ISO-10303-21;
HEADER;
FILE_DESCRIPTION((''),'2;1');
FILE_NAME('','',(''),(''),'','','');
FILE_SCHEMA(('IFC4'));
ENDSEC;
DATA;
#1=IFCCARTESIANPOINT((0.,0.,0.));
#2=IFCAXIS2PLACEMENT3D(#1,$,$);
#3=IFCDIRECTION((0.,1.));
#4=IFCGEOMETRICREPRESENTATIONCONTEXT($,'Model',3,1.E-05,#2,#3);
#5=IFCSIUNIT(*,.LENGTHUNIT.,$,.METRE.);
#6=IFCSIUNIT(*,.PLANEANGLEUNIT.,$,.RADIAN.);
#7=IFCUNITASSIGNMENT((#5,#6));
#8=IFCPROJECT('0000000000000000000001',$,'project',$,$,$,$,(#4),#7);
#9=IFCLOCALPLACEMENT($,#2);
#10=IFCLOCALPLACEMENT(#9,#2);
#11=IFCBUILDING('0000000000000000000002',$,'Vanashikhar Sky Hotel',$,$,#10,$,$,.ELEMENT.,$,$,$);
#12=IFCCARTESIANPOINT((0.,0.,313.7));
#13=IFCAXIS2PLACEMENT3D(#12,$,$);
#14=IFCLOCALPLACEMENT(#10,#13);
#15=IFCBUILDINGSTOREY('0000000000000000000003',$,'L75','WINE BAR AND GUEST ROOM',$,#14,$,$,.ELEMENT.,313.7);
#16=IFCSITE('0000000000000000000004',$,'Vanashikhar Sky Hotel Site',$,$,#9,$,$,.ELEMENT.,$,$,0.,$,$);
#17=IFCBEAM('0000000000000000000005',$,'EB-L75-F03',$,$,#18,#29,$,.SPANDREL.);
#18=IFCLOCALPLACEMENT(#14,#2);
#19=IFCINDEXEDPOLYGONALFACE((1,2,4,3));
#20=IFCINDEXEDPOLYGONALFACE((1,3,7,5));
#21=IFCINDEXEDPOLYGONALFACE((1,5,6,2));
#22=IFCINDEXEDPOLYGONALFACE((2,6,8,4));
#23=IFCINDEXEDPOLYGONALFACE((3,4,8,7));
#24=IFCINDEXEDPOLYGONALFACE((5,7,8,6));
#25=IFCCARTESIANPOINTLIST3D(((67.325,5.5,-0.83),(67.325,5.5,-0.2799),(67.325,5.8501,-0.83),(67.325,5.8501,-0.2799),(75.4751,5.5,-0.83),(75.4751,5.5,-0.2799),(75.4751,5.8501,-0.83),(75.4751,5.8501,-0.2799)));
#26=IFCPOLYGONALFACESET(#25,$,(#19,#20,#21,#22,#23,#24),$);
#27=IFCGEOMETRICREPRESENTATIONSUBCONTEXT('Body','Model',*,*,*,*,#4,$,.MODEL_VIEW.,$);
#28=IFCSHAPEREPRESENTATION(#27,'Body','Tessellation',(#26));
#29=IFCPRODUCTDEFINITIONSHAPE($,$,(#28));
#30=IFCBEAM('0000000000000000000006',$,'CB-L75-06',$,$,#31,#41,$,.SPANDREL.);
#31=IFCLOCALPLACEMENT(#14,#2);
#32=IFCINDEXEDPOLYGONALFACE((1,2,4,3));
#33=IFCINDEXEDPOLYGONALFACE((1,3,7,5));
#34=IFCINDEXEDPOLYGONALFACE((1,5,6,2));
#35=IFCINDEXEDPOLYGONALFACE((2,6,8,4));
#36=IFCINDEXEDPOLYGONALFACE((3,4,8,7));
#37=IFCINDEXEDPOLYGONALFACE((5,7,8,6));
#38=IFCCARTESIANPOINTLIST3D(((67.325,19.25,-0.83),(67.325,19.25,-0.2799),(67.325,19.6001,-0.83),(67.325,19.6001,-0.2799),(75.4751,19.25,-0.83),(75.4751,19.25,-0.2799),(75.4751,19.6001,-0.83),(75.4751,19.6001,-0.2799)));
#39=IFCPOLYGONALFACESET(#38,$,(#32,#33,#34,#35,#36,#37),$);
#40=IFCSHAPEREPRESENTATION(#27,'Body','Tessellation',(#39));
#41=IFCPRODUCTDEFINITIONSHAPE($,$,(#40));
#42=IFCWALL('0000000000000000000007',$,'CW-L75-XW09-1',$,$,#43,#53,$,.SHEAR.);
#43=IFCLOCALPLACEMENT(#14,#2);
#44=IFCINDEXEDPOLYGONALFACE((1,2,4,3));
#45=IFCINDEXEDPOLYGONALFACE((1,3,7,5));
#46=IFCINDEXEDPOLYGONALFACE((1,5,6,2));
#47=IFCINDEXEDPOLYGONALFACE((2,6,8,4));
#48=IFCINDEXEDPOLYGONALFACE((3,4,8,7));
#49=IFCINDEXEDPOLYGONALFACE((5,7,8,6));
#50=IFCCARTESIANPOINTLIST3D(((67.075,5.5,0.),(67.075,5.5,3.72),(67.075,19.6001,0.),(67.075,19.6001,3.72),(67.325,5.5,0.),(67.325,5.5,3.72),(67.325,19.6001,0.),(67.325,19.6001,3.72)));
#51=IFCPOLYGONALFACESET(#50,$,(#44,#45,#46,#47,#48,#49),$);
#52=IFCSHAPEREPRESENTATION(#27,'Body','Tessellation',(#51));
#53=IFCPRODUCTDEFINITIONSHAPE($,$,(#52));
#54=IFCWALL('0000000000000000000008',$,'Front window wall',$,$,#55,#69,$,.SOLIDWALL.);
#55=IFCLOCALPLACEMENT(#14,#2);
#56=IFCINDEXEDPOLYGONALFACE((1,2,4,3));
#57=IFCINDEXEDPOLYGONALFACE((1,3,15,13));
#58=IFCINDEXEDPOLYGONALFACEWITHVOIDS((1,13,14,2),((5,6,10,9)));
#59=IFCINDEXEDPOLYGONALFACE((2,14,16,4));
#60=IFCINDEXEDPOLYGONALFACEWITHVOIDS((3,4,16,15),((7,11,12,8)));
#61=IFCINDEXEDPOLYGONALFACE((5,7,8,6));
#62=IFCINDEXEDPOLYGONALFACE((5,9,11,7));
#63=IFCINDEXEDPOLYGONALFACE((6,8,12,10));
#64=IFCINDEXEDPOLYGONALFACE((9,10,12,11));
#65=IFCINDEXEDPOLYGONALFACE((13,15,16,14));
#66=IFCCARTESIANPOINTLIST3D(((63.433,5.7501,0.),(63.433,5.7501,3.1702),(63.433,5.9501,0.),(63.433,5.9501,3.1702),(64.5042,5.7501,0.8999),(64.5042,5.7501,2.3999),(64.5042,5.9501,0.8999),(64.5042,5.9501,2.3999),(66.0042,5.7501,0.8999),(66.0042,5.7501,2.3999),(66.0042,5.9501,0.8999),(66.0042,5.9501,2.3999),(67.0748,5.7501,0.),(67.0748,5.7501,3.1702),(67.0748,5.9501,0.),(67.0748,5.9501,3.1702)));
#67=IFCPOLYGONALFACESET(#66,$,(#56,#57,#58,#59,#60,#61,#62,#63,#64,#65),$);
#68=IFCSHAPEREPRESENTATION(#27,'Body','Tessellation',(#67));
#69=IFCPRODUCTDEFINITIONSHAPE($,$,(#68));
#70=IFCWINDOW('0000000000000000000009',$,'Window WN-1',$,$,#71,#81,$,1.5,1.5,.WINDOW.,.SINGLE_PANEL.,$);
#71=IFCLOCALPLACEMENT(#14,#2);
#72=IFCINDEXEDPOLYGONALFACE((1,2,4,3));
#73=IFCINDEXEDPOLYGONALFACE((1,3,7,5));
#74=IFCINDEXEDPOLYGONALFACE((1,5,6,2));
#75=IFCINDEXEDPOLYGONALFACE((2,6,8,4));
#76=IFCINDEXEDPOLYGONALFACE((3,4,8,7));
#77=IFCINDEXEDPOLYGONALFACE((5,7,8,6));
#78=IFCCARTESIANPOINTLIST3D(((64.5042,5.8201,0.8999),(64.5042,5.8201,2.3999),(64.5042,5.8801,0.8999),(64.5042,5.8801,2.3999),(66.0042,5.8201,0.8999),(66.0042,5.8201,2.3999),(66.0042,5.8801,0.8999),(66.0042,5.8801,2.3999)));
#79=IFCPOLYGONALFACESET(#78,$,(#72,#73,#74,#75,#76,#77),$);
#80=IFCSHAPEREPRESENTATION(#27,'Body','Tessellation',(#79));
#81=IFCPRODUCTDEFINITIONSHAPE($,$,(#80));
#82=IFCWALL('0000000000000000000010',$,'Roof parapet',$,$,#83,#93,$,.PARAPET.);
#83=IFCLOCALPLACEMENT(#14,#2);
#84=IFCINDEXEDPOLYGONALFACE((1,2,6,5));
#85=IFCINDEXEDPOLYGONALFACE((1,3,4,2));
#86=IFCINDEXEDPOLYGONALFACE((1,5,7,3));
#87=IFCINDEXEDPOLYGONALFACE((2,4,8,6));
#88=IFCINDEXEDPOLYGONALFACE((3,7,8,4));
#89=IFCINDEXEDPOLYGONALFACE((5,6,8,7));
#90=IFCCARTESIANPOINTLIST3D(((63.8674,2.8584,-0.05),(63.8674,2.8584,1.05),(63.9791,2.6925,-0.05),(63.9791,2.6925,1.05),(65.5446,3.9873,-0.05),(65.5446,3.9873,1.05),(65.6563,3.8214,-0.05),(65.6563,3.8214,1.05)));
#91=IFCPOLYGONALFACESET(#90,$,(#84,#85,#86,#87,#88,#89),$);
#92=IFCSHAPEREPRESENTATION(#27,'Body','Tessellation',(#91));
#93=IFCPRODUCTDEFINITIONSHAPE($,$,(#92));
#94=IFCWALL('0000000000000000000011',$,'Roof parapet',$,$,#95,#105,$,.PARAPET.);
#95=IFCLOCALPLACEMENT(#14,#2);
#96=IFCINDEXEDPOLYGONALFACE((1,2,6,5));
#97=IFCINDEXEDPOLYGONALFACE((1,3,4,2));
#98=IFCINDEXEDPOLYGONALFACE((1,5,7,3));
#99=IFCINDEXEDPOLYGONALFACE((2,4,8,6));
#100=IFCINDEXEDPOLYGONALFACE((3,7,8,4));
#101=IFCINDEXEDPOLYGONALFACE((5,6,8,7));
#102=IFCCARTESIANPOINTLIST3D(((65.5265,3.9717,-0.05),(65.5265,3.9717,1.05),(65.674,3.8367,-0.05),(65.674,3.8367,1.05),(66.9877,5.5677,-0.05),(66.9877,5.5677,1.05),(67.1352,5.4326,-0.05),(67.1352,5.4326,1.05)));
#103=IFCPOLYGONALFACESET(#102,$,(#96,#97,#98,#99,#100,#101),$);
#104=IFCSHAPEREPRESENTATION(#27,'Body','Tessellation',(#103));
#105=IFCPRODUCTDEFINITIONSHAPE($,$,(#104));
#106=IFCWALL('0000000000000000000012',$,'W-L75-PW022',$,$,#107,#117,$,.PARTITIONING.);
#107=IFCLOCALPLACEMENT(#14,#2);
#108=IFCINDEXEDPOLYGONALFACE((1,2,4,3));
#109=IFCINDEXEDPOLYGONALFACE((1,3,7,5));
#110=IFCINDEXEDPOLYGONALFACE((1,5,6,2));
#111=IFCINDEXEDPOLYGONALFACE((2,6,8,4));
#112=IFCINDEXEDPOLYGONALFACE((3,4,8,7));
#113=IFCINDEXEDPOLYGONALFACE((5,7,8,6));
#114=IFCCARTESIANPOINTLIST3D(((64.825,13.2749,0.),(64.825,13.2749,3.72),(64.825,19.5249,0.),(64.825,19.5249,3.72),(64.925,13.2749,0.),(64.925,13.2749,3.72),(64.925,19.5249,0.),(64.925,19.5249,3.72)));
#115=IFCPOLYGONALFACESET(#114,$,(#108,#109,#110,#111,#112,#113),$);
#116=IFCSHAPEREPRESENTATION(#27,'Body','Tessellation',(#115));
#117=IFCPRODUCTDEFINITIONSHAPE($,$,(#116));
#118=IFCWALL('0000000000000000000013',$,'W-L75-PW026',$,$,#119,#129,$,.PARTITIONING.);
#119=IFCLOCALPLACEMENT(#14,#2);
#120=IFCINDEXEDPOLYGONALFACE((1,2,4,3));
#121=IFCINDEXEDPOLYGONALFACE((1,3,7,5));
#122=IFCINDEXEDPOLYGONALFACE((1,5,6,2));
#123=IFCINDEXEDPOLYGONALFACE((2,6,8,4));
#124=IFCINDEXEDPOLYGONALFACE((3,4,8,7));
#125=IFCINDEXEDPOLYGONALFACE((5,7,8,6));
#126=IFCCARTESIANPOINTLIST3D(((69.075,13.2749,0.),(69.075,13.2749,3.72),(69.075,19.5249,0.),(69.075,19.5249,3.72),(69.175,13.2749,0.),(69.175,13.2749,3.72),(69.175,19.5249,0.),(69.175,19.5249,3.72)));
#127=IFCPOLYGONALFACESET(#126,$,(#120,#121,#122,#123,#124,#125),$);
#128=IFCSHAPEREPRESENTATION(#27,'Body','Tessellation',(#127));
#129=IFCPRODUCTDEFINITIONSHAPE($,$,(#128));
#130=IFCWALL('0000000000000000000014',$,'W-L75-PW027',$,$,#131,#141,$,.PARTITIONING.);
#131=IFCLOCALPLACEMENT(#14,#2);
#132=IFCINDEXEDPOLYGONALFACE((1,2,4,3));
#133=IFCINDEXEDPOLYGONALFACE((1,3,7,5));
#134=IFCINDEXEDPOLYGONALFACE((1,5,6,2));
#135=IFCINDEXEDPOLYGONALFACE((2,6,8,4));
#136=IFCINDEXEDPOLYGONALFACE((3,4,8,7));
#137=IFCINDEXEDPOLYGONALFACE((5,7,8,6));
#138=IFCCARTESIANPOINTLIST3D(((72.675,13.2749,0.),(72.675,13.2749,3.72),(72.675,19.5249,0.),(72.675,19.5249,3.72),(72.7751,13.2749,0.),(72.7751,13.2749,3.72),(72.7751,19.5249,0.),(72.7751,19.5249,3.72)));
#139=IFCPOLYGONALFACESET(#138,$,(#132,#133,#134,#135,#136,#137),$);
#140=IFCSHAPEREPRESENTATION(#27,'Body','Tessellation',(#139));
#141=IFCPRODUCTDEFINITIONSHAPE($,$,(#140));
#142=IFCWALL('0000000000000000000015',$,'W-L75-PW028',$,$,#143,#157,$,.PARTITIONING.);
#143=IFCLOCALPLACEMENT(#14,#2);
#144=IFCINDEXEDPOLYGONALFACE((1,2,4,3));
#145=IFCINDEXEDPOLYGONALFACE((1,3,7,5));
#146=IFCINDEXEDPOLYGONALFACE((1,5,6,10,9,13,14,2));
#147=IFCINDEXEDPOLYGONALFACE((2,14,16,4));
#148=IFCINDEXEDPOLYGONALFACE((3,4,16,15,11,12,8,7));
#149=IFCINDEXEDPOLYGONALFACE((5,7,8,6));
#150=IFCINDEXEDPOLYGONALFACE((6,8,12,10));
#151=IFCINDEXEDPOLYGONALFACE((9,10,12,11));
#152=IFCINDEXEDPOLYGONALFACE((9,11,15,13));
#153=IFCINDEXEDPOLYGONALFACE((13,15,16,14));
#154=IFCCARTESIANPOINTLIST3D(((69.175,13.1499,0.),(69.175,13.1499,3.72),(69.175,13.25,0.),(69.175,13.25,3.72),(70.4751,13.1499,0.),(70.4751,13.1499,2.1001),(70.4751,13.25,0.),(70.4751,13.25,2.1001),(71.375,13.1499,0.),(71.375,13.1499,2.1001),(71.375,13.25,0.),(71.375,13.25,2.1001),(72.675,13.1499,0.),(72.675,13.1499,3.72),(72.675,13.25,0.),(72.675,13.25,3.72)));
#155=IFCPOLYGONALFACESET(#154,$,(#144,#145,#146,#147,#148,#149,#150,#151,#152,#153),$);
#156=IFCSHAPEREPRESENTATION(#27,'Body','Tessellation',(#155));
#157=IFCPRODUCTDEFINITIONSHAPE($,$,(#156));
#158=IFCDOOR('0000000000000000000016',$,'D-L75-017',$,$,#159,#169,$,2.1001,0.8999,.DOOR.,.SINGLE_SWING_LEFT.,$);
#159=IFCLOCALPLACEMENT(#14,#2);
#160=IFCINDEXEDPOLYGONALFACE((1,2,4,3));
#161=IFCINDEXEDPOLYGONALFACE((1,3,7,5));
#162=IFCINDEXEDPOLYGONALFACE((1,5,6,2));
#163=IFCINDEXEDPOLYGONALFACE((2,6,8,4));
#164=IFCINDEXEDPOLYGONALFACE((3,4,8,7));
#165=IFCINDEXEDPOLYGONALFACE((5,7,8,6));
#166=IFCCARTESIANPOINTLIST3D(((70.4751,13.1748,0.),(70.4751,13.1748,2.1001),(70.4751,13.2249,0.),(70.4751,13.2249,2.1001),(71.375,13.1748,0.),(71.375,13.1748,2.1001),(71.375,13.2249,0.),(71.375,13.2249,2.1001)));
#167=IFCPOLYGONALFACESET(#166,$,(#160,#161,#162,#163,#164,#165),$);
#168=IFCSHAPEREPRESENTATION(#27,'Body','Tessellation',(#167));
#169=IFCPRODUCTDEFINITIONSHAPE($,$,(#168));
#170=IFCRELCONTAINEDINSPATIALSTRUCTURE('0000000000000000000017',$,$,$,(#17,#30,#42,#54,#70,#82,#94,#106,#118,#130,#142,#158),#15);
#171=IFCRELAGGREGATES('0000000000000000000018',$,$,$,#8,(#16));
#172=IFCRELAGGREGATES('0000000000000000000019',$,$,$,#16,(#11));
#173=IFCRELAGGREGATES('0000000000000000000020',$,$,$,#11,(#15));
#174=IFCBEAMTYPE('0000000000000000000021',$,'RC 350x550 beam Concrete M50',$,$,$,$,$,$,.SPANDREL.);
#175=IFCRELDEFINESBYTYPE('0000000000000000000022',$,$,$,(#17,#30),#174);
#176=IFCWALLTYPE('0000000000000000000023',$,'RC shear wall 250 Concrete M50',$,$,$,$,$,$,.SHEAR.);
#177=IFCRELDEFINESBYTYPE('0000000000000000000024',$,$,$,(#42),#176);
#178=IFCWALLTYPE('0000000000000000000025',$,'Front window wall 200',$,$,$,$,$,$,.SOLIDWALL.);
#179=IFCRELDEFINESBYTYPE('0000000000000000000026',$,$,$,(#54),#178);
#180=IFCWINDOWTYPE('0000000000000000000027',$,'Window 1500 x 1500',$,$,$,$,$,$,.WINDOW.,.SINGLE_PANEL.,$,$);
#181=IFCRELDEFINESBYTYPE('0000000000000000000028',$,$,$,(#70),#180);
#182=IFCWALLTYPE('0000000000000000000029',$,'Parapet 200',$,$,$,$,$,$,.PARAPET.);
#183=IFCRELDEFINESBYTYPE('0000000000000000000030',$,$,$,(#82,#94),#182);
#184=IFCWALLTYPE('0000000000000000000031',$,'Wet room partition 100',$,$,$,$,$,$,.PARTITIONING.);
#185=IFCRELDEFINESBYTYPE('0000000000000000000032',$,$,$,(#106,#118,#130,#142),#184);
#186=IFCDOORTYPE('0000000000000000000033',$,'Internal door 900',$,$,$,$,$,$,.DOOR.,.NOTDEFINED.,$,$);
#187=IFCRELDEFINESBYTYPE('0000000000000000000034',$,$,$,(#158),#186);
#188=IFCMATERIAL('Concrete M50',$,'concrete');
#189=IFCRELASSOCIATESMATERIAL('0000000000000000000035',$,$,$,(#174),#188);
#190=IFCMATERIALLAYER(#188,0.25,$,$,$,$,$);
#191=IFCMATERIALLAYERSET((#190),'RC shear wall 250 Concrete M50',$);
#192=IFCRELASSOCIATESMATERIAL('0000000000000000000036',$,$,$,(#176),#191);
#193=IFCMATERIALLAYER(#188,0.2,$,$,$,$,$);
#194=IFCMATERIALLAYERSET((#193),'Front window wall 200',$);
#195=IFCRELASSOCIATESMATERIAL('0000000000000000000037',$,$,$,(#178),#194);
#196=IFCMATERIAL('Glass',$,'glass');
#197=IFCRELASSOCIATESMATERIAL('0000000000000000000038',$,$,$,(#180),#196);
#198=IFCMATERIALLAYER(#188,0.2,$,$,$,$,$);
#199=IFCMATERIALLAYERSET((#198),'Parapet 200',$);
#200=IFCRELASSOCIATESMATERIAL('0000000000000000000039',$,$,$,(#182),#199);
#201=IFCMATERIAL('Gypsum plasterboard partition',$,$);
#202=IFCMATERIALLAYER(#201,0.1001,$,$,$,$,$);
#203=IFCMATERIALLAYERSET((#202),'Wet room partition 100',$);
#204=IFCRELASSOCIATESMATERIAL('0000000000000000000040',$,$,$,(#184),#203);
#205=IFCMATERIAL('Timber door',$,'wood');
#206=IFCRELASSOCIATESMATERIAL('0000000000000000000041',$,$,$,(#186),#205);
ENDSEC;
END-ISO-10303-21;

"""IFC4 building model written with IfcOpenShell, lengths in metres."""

from ifc_helpers import new_model, si_unit, direction, frame, frame_2d, origin, origin_2d, place, context, subcontext, project, spatial, rectangle, extrude, source, transform, mapped, material, layer, layer_set, material_profile, profile_set, type_object, element, fill, save


model = new_model("IFC4")

# Units and contexts
model_context = context("Model", 3, precision=1e-05, world=origin(), true_north=direction((0.0, 1.0)))
body_context = subcontext(model_context, "Body", "Model", "MODEL_VIEW")
ifc_project = project(units=[si_unit("LENGTHUNIT", "METRE"), si_unit("PLANEANGLEUNIT", "RADIAN")], contexts=[model_context])

# Site, building, storey
site_placement = place(None, origin())
site = spatial("IfcSite", under=ifc_project, at=site_placement, Name="Vanashikhar Sky Hotel Site", CompositionType="ELEMENT", RefElevation=0.0)
building_placement = place(site_placement, origin())
building = spatial("IfcBuilding", under=site, at=building_placement, Name="Vanashikhar Sky Hotel", CompositionType="ELEMENT")
storey_placement = place(building_placement, frame((0.0, 0.0, 313.7)))
storey = spatial("IfcBuildingStorey", under=building, at=storey_placement, Name="L75", Description="WINE BAR AND GUEST ROOM", CompositionType="ELEMENT", Elevation=313.7)

# Beams
ifc_material_1 = material(Name="Concrete M50", Category="concrete")
ifc_material_profile = material_profile(ifc_material_1, rectangle(XDim=0.3501, YDim=0.55, at=origin_2d()))
ifc_profile_set = profile_set([ifc_material_profile], Name="RC 350x550 beam Concrete M50")
beam_type = type_object("IfcBeamType", Name="RC 350x550 beam Concrete M50", PredefinedType="SPANDREL", material=ifc_profile_set)
shared_shape_1 = source(origin(), body_context, "Body", "SweptSolid", [
    extrude(rectangle(XDim=0.3501, YDim=0.55, at=origin_2d()), origin(), (0.0, 0.0, 1.0), 8.1501),
])
for number, where, z_axis, x_axis, name in (
    (1, (67.325, 5.675, -0.5549), (1.0, 0.0, 0.0), (0.0, 1.0, 0.0), "EB-L75-F03"),
    (2, (67.325, 19.425, -0.5549), (1.0, 0.0, 0.0), (0.0, 1.0, 0.0), "CB-L75-06"),
):
    element("IfcBeam", number, at=place(storey_placement, frame(where, z_axis=z_axis, x_axis=x_axis)), inside=storey, type_object=beam_type, Name=name, PredefinedType="SPANDREL", context=body_context, shape_type="MappedRepresentation", body=[
        mapped(shared_shape_1, transform((0.0, 0.0, 0.0), scale=1.0)),
    ])

# Wall
ifc_layer_1 = layer(ifc_material_1, 0.25)
ifc_layer_set_1 = layer_set([ifc_layer_1], Name="RC shear wall 250 Concrete M50")
wall_type_1 = type_object("IfcWallType", Name="RC shear wall 250 Concrete M50", PredefinedType="SHEAR", material=ifc_layer_set_1)
shared_shape_2 = source(origin(), body_context, "Body", "SweptSolid", [
    extrude(rectangle(XDim=14.1001, YDim=0.25, at=frame_2d((7.05, 0.0))), origin(), (0.0, 0.0, 1.0), 3.72),
])
wall_1_placement = place(storey_placement, frame((67.2, 5.5, 0.0), z_axis=(0.0, 0.0, 1.0), x_axis=(0.0, 1.0, 0.0)))
element("IfcWall", 3, at=wall_1_placement, inside=storey, type_object=wall_type_1, Name="CW-L75-XW09-1", PredefinedType="SHEAR", context=body_context, shape_type="MappedRepresentation", body=[
    mapped(shared_shape_2, transform((0.0, 0.0, 0.0), scale=1.0)),
])

# Shared definitions
ifc_layer_2 = layer(ifc_material_1, 0.2)
ifc_layer_set_2 = layer_set([ifc_layer_2], Name="Front window wall 200")
wall_type_2 = type_object("IfcWallType", Name="Front window wall 200", PredefinedType="SOLIDWALL", material=ifc_layer_set_2)
shared_shape_3 = source(origin(), body_context, "Body", "SweptSolid", [
    extrude(rectangle(XDim=1.5, YDim=1.5, at=frame_2d((0.75, 0.75))), frame((0.0, 0.1099, 0.0), z_axis=(0.0, -1.0, 0.0), x_axis=(1.0, 0.0, 0.0)), (0.0, 0.0, 1.0), 0.22),
])
ifc_material_2 = material(Name="Glass", Category="glass")
window_type = type_object("IfcWindowType", Name="Window 1500 x 1500", PartitioningType="SINGLE_PANEL", PredefinedType="WINDOW", material=ifc_material_2)
shared_shape_4 = source(origin(), body_context, "Body", "SweptSolid", [
    extrude(rectangle(XDim=1.5, YDim=1.5, at=frame_2d((0.75, 0.75))), frame((0.0, 0.03, 0.0), z_axis=(0.0, -1.0, 0.0), x_axis=(1.0, 0.0, 0.0)), (0.0, 0.0, 1.0), 0.0601),
])

# Wall, opening, window
shared_shape_5 = source(origin(), body_context, "Body", "SweptSolid", [
    extrude(rectangle(XDim=3.6418, YDim=0.2, at=frame_2d((1.8208, 0.0))), origin(), (0.0, 0.0, 1.0), 3.1702),
])
wall_2_placement = place(storey_placement, frame((63.4331, 5.8501, 0.0), z_axis=(0.0, 0.0, 1.0), x_axis=(1.0, 0.0, 0.0)))
wall_2 = element("IfcWall", 4, at=wall_2_placement, inside=storey, type_object=wall_type_2, Name="Front window wall", PredefinedType="SOLIDWALL", context=body_context, shape_type="MappedRepresentation", body=[
    mapped(shared_shape_5, transform((0.0, 0.0, 0.0), scale=1.0)),
])
opening_1_placement = place(wall_2_placement, frame((1.071, 0.0, 0.8999)))
opening_1 = element("IfcOpeningElement", 5, at=opening_1_placement, cuts=wall_2, PredefinedType="OPENING", context=body_context, shape_type="MappedRepresentation", body=[
    mapped(shared_shape_3, transform((0.0, 0.0, 0.0), scale=1.0)),
])
window_1_placement = place(opening_1_placement, origin())
window_1 = element("IfcWindow", 6, at=window_1_placement, inside=storey, type_object=window_type, Name="Window WN-1", OverallHeight=1.5, OverallWidth=1.5, PartitioningType="SINGLE_PANEL", PredefinedType="WINDOW", context=body_context, shape_type="MappedRepresentation", body=[
    mapped(shared_shape_4, transform((0.0, 0.0, 0.0), scale=1.0)),
])
fill(opening_1, window_1)

# Walls
ifc_layer_3 = layer(ifc_material_1, 0.2)
ifc_layer_set_3 = layer_set([ifc_layer_3], Name="Parapet 200")
wall_type_3 = type_object("IfcWallType", Name="Parapet 200", PredefinedType="PARAPET", material=ifc_layer_set_3)
shared_shape_6 = source(origin(), body_context, "Body", "SweptSolid", [
    extrude(rectangle(XDim=2.0217, YDim=0.2, at=frame_2d((1.0107, 0.0))), origin(), (0.0, 0.0, 1.0), 1.1001),
])
wall_3_placement = place(storey_placement, frame((65.6003, 3.9043, -0.05), z_axis=(0.0, 0.0, 1.0), x_axis=(-0.82959, -0.558373, 0.0)))
element("IfcWall", 7, at=wall_3_placement, inside=storey, type_object=wall_type_3, Name="Roof parapet", PredefinedType="PARAPET", context=body_context, shape_type="MappedRepresentation", body=[
    mapped(shared_shape_6, transform((0.0, 0.0, 0.0), scale=1.0)),
])
shared_shape_7 = source(origin(), body_context, "Body", "SweptSolid", [
    extrude(rectangle(XDim=2.1638, YDim=0.2, at=frame_2d((1.082, 0.0))), origin(), (0.0, 0.0, 1.0), 1.1001),
])
wall_4_placement = place(storey_placement, frame((67.0615, 5.5002, -0.05), z_axis=(0.0, 0.0, 1.0), x_axis=(-0.67528, -0.737561, 0.0)))
element("IfcWall", 8, at=wall_4_placement, inside=storey, type_object=wall_type_3, Name="Roof parapet", PredefinedType="PARAPET", context=body_context, shape_type="MappedRepresentation", body=[
    mapped(shared_shape_7, transform((0.0, 0.0, 0.0), scale=1.0)),
])
ifc_material_3 = material(Name="Gypsum plasterboard partition")
ifc_layer_4 = layer(ifc_material_3, 0.1001)
ifc_layer_set_4 = layer_set([ifc_layer_4], Name="Wet room partition 100")
wall_type_4 = type_object("IfcWallType", Name="Wet room partition 100", PredefinedType="PARTITIONING", material=ifc_layer_set_4)
shared_shape_8 = source(origin(), body_context, "Body", "SweptSolid", [
    extrude(rectangle(XDim=6.25, YDim=0.1001, at=frame_2d((3.125, 0.0))), origin(), (0.0, 0.0, 1.0), 3.72),
])
for number, where, z_axis, x_axis, name in (
    (9, (64.875, 13.2749, 0.0), (0.0, 0.0, 1.0), (0.0, 1.0, 0.0), "W-L75-PW022"),
    (10, (69.125, 13.2749, 0.0), (0.0, 0.0, 1.0), (0.0, 1.0, 0.0), "W-L75-PW026"),
    (11, (72.7251, 13.2749, 0.0), (0.0, 0.0, 1.0), (0.0, 1.0, 0.0), "W-L75-PW027"),
):
    element("IfcWall", number, at=place(storey_placement, frame(where, z_axis=z_axis, x_axis=x_axis)), inside=storey, type_object=wall_type_4, Name=name, PredefinedType="PARTITIONING", context=body_context, shape_type="MappedRepresentation", body=[
        mapped(shared_shape_8, transform((0.0, 0.0, 0.0), scale=1.0)),
    ])

# Wall, opening, door
shared_shape_9 = source(origin(), body_context, "Body", "SweptSolid", [
    extrude(rectangle(XDim=3.5, YDim=0.1001, at=frame_2d((1.75, 0.0))), origin(), (0.0, 0.0, 1.0), 3.72),
])
wall_5_placement = place(storey_placement, frame((69.175, 13.2, 0.0), z_axis=(0.0, 0.0, 1.0), x_axis=(1.0, 0.0, 0.0)))
wall_5 = element("IfcWall", 12, at=wall_5_placement, inside=storey, type_object=wall_type_4, Name="W-L75-PW028", PredefinedType="PARTITIONING", context=body_context, shape_type="MappedRepresentation", body=[
    mapped(shared_shape_9, transform((0.0, 0.0, 0.0), scale=1.0)),
])
shared_shape_10 = source(origin(), body_context, "Body", "SweptSolid", [
    extrude(rectangle(XDim=0.8999, YDim=2.1001, at=frame_2d((0.45, 1.05))), frame((0.0, 0.0601, 0.0), z_axis=(0.0, -1.0, 0.0), x_axis=(1.0, 0.0, 0.0)), (0.0, 0.0, 1.0), 0.1201),
])
opening_2_placement = place(wall_5_placement, frame((1.3, 0.0, 0.0)))
opening_2 = element("IfcOpeningElement", 13, at=opening_2_placement, cuts=wall_5, PredefinedType="OPENING", context=body_context, shape_type="MappedRepresentation", body=[
    mapped(shared_shape_10, transform((0.0, 0.0, 0.0), scale=1.0)),
])
ifc_material_4 = material(Name="Timber door", Category="wood")
door_type_1 = type_object("IfcDoorType", Name="Internal door 900", OperationType="NOTDEFINED", PredefinedType="DOOR", material=ifc_material_4)
shared_shape_11 = source(origin(), body_context, "Body", "SweptSolid", [
    extrude(rectangle(XDim=0.8999, YDim=2.1001, at=frame_2d((0.45, 1.05))), frame((0.0, 0.0249, 0.0), z_axis=(0.0, -1.0, 0.0), x_axis=(1.0, 0.0, 0.0)), (0.0, 0.0, 1.0), 0.05),
])
door_1_placement = place(opening_2_placement, origin())
door_1 = element("IfcDoor", 14, at=door_1_placement, inside=storey, type_object=door_type_1, Name="D-L75-017", OperationType="SINGLE_SWING_LEFT", OverallHeight=2.1001, OverallWidth=0.8999, PredefinedType="DOOR", context=body_context, shape_type="MappedRepresentation", body=[
    mapped(shared_shape_11, transform((0.0, 0.0, 0.0), scale=1.0)),
])
fill(opening_2, door_1)

save(model, "model.ifc")
